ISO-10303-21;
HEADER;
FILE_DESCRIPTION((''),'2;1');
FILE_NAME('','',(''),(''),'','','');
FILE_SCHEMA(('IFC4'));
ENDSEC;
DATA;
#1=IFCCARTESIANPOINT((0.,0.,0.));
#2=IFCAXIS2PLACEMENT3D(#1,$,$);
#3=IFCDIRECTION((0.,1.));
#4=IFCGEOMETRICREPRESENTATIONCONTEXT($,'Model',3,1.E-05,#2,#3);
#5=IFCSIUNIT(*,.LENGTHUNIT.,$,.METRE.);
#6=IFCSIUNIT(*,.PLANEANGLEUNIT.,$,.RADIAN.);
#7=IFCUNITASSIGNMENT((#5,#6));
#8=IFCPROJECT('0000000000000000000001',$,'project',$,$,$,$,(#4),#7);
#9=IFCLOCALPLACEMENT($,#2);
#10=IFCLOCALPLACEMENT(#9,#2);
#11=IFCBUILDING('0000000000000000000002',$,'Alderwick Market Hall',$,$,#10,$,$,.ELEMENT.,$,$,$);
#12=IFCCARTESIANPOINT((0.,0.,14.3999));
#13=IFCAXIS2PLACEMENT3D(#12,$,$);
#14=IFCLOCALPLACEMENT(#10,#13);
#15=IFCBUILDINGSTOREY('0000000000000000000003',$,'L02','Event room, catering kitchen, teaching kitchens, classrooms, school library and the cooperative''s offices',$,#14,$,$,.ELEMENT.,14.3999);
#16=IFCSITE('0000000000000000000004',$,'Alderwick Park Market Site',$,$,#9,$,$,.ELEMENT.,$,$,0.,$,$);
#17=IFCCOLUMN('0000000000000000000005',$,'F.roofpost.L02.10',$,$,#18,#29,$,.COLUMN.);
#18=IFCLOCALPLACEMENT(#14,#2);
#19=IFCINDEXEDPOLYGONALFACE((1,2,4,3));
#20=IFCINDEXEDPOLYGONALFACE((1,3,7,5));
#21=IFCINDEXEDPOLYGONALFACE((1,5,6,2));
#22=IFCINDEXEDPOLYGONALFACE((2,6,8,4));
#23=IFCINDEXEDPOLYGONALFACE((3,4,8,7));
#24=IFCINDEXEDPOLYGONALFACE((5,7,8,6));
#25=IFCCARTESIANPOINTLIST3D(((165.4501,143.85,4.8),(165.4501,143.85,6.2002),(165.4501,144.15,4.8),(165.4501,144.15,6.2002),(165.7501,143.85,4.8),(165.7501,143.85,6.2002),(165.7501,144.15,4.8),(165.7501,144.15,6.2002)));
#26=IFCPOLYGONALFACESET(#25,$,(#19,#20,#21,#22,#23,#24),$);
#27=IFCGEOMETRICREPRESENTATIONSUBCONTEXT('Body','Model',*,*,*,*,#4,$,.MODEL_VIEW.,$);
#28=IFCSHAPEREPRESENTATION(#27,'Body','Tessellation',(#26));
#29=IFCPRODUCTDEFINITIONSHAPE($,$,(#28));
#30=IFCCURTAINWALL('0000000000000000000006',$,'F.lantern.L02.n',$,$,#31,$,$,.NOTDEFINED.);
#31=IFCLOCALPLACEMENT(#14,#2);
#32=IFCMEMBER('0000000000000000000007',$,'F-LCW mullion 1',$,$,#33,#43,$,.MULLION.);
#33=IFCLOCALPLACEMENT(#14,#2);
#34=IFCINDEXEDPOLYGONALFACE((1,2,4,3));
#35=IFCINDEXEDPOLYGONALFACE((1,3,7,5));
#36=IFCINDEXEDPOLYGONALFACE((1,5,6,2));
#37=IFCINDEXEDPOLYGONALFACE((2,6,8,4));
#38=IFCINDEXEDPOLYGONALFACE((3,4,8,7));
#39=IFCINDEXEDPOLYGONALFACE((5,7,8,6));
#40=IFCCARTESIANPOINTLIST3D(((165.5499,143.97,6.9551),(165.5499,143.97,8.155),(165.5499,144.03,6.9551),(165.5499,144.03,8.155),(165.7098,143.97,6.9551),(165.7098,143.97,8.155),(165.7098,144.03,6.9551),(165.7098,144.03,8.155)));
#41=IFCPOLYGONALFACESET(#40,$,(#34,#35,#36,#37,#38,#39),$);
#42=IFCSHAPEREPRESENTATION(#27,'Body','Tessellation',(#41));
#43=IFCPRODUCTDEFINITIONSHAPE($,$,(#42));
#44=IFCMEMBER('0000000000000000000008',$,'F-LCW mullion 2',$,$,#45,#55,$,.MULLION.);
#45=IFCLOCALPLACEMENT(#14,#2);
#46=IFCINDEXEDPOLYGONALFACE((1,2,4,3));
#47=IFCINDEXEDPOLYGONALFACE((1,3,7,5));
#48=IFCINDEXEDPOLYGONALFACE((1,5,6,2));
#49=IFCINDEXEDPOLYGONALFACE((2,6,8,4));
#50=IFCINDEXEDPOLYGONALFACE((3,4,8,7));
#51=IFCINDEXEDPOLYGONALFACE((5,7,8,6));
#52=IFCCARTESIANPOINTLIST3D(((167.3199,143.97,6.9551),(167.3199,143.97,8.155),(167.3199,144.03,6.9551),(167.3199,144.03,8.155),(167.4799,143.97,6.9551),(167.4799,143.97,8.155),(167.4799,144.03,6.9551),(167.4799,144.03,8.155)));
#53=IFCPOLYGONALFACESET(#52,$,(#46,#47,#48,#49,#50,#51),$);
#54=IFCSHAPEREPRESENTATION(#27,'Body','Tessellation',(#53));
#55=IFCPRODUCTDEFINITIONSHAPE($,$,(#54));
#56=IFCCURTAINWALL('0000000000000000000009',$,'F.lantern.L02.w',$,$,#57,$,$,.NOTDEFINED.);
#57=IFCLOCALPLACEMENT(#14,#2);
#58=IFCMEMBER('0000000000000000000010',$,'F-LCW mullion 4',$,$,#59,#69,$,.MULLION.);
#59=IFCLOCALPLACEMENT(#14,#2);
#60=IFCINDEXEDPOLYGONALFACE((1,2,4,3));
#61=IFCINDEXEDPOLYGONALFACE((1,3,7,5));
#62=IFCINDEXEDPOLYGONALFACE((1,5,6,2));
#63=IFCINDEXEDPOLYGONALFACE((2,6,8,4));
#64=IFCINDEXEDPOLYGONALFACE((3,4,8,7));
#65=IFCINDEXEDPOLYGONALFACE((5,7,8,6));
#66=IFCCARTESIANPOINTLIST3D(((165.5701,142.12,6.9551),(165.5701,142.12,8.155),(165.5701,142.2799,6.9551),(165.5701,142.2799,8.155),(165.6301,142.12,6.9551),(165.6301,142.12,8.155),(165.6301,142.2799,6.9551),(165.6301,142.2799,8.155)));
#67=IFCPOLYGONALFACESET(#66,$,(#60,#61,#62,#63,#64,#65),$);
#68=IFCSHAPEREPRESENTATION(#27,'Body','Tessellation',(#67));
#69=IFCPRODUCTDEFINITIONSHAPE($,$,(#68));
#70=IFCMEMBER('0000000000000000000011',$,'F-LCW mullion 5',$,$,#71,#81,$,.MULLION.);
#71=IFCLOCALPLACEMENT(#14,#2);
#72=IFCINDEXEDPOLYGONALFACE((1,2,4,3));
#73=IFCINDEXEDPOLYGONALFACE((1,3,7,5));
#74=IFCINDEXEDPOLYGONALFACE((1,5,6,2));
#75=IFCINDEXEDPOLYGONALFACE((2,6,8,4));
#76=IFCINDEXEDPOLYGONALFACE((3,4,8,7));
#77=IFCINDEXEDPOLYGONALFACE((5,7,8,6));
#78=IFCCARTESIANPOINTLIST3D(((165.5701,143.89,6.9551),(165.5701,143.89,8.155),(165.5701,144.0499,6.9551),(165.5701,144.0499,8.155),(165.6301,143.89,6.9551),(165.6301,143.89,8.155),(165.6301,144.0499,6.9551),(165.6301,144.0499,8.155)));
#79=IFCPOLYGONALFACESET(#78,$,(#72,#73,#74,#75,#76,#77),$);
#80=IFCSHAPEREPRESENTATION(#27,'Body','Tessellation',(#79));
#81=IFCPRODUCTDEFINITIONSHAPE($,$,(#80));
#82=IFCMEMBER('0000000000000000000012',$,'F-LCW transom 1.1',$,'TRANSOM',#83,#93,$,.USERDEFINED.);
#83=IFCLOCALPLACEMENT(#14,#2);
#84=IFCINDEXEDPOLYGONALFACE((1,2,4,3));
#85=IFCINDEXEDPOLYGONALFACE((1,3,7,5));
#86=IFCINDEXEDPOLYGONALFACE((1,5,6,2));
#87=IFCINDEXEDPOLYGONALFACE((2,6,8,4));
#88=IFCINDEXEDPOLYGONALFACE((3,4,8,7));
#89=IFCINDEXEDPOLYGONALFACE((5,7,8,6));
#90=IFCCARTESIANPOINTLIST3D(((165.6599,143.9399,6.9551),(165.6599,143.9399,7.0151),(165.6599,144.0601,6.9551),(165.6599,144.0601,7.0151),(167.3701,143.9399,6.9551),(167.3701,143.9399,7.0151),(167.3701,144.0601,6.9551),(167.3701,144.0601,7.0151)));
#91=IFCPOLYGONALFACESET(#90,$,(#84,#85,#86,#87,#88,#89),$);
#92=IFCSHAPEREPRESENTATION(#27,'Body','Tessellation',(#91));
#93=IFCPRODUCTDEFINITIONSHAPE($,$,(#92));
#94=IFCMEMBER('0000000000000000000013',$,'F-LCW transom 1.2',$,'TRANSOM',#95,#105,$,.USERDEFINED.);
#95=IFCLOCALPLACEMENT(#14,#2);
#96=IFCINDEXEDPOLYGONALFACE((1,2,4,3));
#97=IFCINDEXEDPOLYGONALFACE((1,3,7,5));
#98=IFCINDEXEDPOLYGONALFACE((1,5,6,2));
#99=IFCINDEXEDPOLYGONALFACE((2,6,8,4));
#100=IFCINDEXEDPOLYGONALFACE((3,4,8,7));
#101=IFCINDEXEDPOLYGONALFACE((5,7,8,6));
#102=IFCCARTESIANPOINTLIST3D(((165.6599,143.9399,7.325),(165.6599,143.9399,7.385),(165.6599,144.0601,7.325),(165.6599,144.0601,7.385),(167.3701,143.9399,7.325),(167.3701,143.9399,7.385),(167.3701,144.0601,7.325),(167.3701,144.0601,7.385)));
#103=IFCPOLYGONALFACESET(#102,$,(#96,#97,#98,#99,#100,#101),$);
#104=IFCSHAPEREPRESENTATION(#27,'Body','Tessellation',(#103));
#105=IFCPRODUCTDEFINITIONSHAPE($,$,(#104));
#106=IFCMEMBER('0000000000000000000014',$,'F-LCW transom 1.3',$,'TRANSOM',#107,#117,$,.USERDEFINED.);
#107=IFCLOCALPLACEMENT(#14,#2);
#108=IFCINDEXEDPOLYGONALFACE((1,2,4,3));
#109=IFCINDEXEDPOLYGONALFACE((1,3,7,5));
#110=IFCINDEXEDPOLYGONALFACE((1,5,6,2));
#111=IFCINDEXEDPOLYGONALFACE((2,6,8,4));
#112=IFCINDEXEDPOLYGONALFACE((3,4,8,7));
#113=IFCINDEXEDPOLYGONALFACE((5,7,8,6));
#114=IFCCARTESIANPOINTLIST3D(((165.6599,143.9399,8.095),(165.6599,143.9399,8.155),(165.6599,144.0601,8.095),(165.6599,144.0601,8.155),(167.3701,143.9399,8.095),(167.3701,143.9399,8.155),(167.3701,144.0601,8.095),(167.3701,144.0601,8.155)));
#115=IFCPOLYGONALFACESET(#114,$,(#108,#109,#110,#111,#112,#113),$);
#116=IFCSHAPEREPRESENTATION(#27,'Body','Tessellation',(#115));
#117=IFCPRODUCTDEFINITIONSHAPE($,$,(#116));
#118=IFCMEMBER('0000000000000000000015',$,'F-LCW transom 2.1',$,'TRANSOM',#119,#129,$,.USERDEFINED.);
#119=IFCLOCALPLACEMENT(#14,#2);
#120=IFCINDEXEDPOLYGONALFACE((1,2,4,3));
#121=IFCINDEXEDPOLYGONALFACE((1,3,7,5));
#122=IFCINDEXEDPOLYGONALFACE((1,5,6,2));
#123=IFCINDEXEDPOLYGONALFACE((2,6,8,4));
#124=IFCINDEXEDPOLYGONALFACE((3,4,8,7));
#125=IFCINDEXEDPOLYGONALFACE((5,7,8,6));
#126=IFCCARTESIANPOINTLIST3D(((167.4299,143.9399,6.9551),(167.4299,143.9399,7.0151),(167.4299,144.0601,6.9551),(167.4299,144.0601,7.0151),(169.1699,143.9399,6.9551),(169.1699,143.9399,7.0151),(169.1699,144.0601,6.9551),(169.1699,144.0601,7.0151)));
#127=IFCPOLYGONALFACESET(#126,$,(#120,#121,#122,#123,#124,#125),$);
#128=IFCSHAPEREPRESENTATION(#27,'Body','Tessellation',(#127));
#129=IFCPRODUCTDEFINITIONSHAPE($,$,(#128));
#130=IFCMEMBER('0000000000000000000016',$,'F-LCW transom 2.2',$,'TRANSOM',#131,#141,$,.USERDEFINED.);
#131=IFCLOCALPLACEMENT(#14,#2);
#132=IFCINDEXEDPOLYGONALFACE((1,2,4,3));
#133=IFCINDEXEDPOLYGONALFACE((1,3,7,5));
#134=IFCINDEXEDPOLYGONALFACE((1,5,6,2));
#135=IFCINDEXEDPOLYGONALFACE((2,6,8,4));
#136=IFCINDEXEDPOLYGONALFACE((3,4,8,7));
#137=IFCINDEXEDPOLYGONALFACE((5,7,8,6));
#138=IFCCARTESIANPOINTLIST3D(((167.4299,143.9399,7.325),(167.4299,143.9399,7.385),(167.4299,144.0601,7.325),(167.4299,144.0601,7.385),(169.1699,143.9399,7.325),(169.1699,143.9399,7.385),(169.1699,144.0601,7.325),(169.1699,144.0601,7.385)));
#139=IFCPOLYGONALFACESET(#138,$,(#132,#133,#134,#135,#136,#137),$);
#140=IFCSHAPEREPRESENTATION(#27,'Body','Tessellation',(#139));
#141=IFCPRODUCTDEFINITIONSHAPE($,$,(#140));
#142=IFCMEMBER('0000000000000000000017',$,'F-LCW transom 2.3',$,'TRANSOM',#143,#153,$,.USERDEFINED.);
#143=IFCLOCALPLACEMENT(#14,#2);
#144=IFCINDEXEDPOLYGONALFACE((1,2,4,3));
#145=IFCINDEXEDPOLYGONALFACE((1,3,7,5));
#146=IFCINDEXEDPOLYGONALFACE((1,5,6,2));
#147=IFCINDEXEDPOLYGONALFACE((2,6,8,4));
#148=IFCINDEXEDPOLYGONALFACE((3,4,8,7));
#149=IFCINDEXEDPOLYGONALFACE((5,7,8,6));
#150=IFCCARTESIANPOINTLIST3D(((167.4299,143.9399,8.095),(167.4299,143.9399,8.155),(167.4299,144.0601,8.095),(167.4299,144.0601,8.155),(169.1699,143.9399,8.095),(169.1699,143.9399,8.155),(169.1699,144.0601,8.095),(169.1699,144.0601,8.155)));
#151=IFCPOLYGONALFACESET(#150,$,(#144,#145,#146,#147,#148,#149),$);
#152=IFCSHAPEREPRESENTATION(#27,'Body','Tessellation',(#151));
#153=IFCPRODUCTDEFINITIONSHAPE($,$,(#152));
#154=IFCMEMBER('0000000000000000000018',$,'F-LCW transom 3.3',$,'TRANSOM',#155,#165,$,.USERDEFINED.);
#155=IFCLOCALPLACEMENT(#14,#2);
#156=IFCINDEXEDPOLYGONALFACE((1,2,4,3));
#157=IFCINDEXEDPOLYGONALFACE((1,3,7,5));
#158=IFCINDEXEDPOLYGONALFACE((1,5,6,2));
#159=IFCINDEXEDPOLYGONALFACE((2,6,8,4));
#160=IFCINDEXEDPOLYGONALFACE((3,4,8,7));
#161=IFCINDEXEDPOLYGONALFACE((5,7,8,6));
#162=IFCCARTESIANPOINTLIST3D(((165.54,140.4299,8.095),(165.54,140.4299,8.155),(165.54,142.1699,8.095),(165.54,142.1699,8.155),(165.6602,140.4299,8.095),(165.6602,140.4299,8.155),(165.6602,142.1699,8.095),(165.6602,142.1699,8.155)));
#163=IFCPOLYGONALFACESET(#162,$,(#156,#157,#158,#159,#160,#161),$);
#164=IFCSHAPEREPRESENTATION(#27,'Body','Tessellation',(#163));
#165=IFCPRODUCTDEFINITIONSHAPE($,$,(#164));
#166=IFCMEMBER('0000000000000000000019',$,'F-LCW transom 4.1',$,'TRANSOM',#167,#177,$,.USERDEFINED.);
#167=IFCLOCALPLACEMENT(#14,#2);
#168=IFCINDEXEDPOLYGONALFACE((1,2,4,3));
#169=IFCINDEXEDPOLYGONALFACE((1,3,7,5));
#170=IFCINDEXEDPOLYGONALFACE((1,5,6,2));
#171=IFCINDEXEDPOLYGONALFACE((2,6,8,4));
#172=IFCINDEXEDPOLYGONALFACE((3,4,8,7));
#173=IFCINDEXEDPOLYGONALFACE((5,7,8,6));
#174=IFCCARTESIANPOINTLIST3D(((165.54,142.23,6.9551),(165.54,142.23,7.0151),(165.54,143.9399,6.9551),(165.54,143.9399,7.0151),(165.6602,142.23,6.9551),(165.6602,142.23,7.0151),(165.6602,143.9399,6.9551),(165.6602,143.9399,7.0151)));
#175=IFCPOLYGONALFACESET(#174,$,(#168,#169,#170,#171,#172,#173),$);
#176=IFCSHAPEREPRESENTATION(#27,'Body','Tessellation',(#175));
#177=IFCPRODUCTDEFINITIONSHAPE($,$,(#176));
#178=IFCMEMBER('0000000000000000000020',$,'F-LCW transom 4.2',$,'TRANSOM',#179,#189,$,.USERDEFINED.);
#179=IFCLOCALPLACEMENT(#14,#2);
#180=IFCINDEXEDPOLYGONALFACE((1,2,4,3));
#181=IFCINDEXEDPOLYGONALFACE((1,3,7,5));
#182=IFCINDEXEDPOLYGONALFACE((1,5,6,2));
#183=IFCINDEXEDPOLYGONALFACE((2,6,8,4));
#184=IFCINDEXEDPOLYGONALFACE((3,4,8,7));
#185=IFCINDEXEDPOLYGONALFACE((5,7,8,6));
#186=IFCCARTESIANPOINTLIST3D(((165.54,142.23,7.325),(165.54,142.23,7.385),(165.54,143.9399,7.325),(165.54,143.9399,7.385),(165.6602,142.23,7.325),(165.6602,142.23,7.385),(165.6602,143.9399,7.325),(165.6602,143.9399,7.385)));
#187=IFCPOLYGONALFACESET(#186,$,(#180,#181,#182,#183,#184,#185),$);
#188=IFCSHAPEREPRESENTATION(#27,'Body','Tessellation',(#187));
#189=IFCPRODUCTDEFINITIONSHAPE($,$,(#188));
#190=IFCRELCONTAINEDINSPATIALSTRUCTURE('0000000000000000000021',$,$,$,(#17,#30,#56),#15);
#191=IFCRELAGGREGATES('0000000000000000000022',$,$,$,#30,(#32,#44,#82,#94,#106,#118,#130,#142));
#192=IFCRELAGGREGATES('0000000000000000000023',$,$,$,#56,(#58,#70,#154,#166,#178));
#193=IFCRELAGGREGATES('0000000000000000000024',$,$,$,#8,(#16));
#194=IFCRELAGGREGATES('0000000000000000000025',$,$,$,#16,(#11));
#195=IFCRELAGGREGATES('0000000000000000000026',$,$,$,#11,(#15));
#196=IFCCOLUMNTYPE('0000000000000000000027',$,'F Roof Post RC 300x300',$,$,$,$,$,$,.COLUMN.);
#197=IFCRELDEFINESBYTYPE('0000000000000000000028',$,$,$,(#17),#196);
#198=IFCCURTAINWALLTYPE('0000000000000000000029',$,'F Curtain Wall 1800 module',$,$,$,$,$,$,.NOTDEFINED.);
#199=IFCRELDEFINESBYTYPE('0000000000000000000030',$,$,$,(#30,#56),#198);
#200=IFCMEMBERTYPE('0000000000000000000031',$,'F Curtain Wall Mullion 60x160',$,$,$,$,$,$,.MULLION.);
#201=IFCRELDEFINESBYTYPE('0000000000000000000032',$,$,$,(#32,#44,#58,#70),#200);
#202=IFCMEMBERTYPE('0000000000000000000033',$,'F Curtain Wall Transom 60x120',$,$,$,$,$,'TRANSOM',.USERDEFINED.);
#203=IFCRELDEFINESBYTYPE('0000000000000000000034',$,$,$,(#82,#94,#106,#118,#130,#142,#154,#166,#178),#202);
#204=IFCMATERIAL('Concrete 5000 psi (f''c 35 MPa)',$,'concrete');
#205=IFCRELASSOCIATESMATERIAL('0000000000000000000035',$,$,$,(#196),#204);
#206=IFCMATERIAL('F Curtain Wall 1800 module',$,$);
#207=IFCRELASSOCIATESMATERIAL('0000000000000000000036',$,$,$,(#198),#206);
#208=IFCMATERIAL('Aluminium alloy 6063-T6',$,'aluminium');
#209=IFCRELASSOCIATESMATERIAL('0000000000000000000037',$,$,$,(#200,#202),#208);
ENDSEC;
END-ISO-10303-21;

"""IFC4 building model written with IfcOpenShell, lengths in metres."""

from ifc_helpers import new_model, si_unit, direction, frame, origin, origin_2d, place, context, subcontext, project, spatial, rectangle, extrude, material, material_profile, profile_set, type_object, element, aggregate, save


model = new_model("IFC4")

# Units and contexts
model_context = context("Model", 3, precision=1e-05, world=origin(), true_north=direction((0.0, 1.0)))
body_context = subcontext(model_context, "Body", "Model", "MODEL_VIEW")
ifc_project = project(units=[si_unit("LENGTHUNIT", "METRE"), si_unit("PLANEANGLEUNIT", "RADIAN")], contexts=[model_context])

# Site, building, storey
site_placement = place(None, origin())
site = spatial("IfcSite", under=ifc_project, at=site_placement, Name="Alderwick Park Market Site", CompositionType="ELEMENT", RefElevation=0.0)
building_placement = place(site_placement, origin())
building = spatial("IfcBuilding", under=site, at=building_placement, Name="Alderwick Market Hall", CompositionType="ELEMENT")
storey_placement = place(building_placement, frame((0.0, 0.0, 14.3999)))
storey = spatial("IfcBuildingStorey", under=building, at=storey_placement, Name="L02", Description="Event room, catering kitchen, teaching kitchens, classrooms, school library and the cooperative's offices", CompositionType="ELEMENT", Elevation=14.3999)

# Column
ifc_material_1 = material(Name="Concrete 5000 psi (f'c 35 MPa)", Category="concrete")
ifc_material_profile_1 = material_profile(ifc_material_1, rectangle(XDim=0.3, YDim=0.3, at=origin_2d()), Name="RC 300x300")
ifc_profile_set_1 = profile_set([ifc_material_profile_1], Name="Concrete 5000 psi (f'c 35 MPa)")
column_type = type_object("IfcColumnType", Name="F Roof Post RC 300x300", PredefinedType="COLUMN", material=ifc_profile_set_1)
column_placement = place(storey_placement, frame((165.6001, 144.0, 4.8), z_axis=(0.0, 0.0, 1.0), x_axis=(1.0, 0.0, 0.0)))
element("IfcColumn", 1, at=column_placement, inside=storey, type_object=column_type, Name="F.roofpost.L02.10", PredefinedType="COLUMN", context=body_context, shape_type="SweptSolid", body=[
    extrude(rectangle(XDim=0.3, YDim=0.3, at=origin_2d()), origin(), (0.0, 0.0, 1.0), 1.4001),
])

# Curtain walls, members
ifc_material_2 = material(Name="F Curtain Wall 1800 module")
curtain_wall_type = type_object("IfcCurtainWallType", Name="F Curtain Wall 1800 module", PredefinedType="NOTDEFINED", material=ifc_material_2)
curtain_wall_1_placement = place(storey_placement, origin())
curtain_wall_1 = element("IfcCurtainWall", 2, at=curtain_wall_1_placement, inside=storey, type_object=curtain_wall_type, Name="F.lantern.L02.n", PredefinedType="NOTDEFINED")
ifc_material_3 = material(Name="Aluminium alloy 6063-T6", Category="aluminium")
ifc_material_profile_2 = material_profile(ifc_material_3, rectangle(XDim=0.0601, YDim=0.1599, at=origin_2d()), Name="AL 60x160")
ifc_profile_set_2 = profile_set([ifc_material_profile_2], Name="Aluminium alloy 6063-T6")
member_type_1 = type_object("IfcMemberType", Name="F Curtain Wall Mullion 60x160", PredefinedType="MULLION", material=ifc_profile_set_2)
member_1_placement = place(storey_placement, frame((165.6299, 144.0, 6.9551), z_axis=(0.0, 0.0, 1.0), x_axis=(0.0, 1.0, 0.0)))
member_1 = element("IfcMember", 3, at=member_1_placement, type_object=member_type_1, Name="F-LCW mullion 1", PredefinedType="MULLION", context=body_context, shape_type="SweptSolid", body=[
    extrude(rectangle(XDim=0.0601, YDim=0.1599, at=origin_2d()), origin(), (0.0, 0.0, 1.0), 1.2),
])
member_2_placement = place(storey_placement, frame((167.3999, 144.0, 6.9551), z_axis=(0.0, 0.0, 1.0), x_axis=(0.0, 1.0, 0.0)))
member_2 = element("IfcMember", 4, at=member_2_placement, type_object=member_type_1, Name="F-LCW mullion 2", PredefinedType="MULLION", context=body_context, shape_type="SweptSolid", body=[
    extrude(rectangle(XDim=0.0601, YDim=0.1599, at=origin_2d()), origin(), (0.0, 0.0, 1.0), 1.2),
])
curtain_wall_2_placement = place(storey_placement, origin())
curtain_wall_2 = element("IfcCurtainWall", 5, at=curtain_wall_2_placement, inside=storey, type_object=curtain_wall_type, Name="F.lantern.L02.w", PredefinedType="NOTDEFINED")
member_3_placement = place(storey_placement, frame((165.6001, 142.2, 6.9551), z_axis=(0.0, 0.0, 1.0), x_axis=(-1.0, 0.0, 0.0)))
member_3 = element("IfcMember", 6, at=member_3_placement, type_object=member_type_1, Name="F-LCW mullion 4", PredefinedType="MULLION", context=body_context, shape_type="SweptSolid", body=[
    extrude(rectangle(XDim=0.0601, YDim=0.1599, at=origin_2d()), origin(), (0.0, 0.0, 1.0), 1.2),
])
member_4_placement = place(storey_placement, frame((165.6001, 143.97, 6.9551), z_axis=(0.0, 0.0, 1.0), x_axis=(-1.0, 0.0, 0.0)))
member_4 = element("IfcMember", 7, at=member_4_placement, type_object=member_type_1, Name="F-LCW mullion 5", PredefinedType="MULLION", context=body_context, shape_type="SweptSolid", body=[
    extrude(rectangle(XDim=0.0601, YDim=0.1599, at=origin_2d()), origin(), (0.0, 0.0, 1.0), 1.2),
])

# Members
ifc_material_profile_3 = material_profile(ifc_material_3, rectangle(XDim=0.1201, YDim=0.0601, at=origin_2d()), Name="AL 60x120")
ifc_profile_set_3 = profile_set([ifc_material_profile_3], Name="Aluminium alloy 6063-T6")
member_type_2 = type_object("IfcMemberType", Name="F Curtain Wall Transom 60x120", ElementType="TRANSOM", PredefinedType="USERDEFINED", material=ifc_profile_set_3)
member_5_placement = place(storey_placement, frame((165.6599, 144.0, 6.9851), z_axis=(1.0, 0.0, 0.0), x_axis=(0.0, 1.0, 0.0)))
member_5 = element("IfcMember", 8, at=member_5_placement, type_object=member_type_2, Name="F-LCW transom 1.1", ObjectType="TRANSOM", PredefinedType="USERDEFINED", context=body_context, shape_type="SweptSolid", body=[
    extrude(rectangle(XDim=0.1201, YDim=0.0601, at=origin_2d()), origin(), (0.0, 0.0, 1.0), 1.7102),
])
member_6_placement = place(storey_placement, frame((165.6599, 144.0, 7.355), z_axis=(1.0, 0.0, 0.0), x_axis=(0.0, 1.0, 0.0)))
member_6 = element("IfcMember", 9, at=member_6_placement, type_object=member_type_2, Name="F-LCW transom 1.2", ObjectType="TRANSOM", PredefinedType="USERDEFINED", context=body_context, shape_type="SweptSolid", body=[
    extrude(rectangle(XDim=0.1201, YDim=0.0601, at=origin_2d()), origin(), (0.0, 0.0, 1.0), 1.7102),
])
member_7_placement = place(storey_placement, frame((165.6599, 144.0, 8.125), z_axis=(1.0, 0.0, 0.0), x_axis=(0.0, 1.0, 0.0)))
member_7 = element("IfcMember", 10, at=member_7_placement, type_object=member_type_2, Name="F-LCW transom 1.3", ObjectType="TRANSOM", PredefinedType="USERDEFINED", context=body_context, shape_type="SweptSolid", body=[
    extrude(rectangle(XDim=0.1201, YDim=0.0601, at=origin_2d()), origin(), (0.0, 0.0, 1.0), 1.7102),
])
member_8_placement = place(storey_placement, frame((167.4299, 144.0, 6.9851), z_axis=(1.0, 0.0, 0.0), x_axis=(0.0, 1.0, 0.0)))
member_8 = element("IfcMember", 11, at=member_8_placement, type_object=member_type_2, Name="F-LCW transom 2.1", ObjectType="TRANSOM", PredefinedType="USERDEFINED", context=body_context, shape_type="SweptSolid", body=[
    extrude(rectangle(XDim=0.1201, YDim=0.0601, at=origin_2d()), origin(), (0.0, 0.0, 1.0), 1.74),
])
member_9_placement = place(storey_placement, frame((167.4299, 144.0, 7.355), z_axis=(1.0, 0.0, 0.0), x_axis=(0.0, 1.0, 0.0)))
member_9 = element("IfcMember", 12, at=member_9_placement, type_object=member_type_2, Name="F-LCW transom 2.2", ObjectType="TRANSOM", PredefinedType="USERDEFINED", context=body_context, shape_type="SweptSolid", body=[
    extrude(rectangle(XDim=0.1201, YDim=0.0601, at=origin_2d()), origin(), (0.0, 0.0, 1.0), 1.74),
])
member_10_placement = place(storey_placement, frame((167.4299, 144.0, 8.125), z_axis=(1.0, 0.0, 0.0), x_axis=(0.0, 1.0, 0.0)))
member_10 = element("IfcMember", 13, at=member_10_placement, type_object=member_type_2, Name="F-LCW transom 2.3", ObjectType="TRANSOM", PredefinedType="USERDEFINED", context=body_context, shape_type="SweptSolid", body=[
    extrude(rectangle(XDim=0.1201, YDim=0.0601, at=origin_2d()), origin(), (0.0, 0.0, 1.0), 1.74),
])
member_11_placement = place(storey_placement, frame((165.6001, 140.4299, 8.125), z_axis=(0.0, 1.0, 0.0), x_axis=(-1.0, 0.0, 0.0)))
member_11 = element("IfcMember", 14, at=member_11_placement, type_object=member_type_2, Name="F-LCW transom 3.3", ObjectType="TRANSOM", PredefinedType="USERDEFINED", context=body_context, shape_type="SweptSolid", body=[
    extrude(rectangle(XDim=0.1201, YDim=0.0601, at=origin_2d()), origin(), (0.0, 0.0, 1.0), 1.74),
])
member_12_placement = place(storey_placement, frame((165.6001, 142.23, 6.9851), z_axis=(0.0, 1.0, 0.0), x_axis=(-1.0, 0.0, 0.0)))
member_12 = element("IfcMember", 15, at=member_12_placement, type_object=member_type_2, Name="F-LCW transom 4.1", ObjectType="TRANSOM", PredefinedType="USERDEFINED", context=body_context, shape_type="SweptSolid", body=[
    extrude(rectangle(XDim=0.1201, YDim=0.0601, at=origin_2d()), origin(), (0.0, 0.0, 1.0), 1.71),
])
member_13_placement = place(storey_placement, frame((165.6001, 142.23, 7.355), z_axis=(0.0, 1.0, 0.0), x_axis=(-1.0, 0.0, 0.0)))
member_13 = element("IfcMember", 16, at=member_13_placement, type_object=member_type_2, Name="F-LCW transom 4.2", ObjectType="TRANSOM", PredefinedType="USERDEFINED", context=body_context, shape_type="SweptSolid", body=[
    extrude(rectangle(XDim=0.1201, YDim=0.0601, at=origin_2d()), origin(), (0.0, 0.0, 1.0), 1.71),
])

aggregate(curtain_wall_1, [member_1, member_2, member_5, member_6, member_7, member_8, member_9, member_10])
aggregate(curtain_wall_2, [member_3, member_4, member_11, member_12, member_13])

save(model, "model.ifc")
